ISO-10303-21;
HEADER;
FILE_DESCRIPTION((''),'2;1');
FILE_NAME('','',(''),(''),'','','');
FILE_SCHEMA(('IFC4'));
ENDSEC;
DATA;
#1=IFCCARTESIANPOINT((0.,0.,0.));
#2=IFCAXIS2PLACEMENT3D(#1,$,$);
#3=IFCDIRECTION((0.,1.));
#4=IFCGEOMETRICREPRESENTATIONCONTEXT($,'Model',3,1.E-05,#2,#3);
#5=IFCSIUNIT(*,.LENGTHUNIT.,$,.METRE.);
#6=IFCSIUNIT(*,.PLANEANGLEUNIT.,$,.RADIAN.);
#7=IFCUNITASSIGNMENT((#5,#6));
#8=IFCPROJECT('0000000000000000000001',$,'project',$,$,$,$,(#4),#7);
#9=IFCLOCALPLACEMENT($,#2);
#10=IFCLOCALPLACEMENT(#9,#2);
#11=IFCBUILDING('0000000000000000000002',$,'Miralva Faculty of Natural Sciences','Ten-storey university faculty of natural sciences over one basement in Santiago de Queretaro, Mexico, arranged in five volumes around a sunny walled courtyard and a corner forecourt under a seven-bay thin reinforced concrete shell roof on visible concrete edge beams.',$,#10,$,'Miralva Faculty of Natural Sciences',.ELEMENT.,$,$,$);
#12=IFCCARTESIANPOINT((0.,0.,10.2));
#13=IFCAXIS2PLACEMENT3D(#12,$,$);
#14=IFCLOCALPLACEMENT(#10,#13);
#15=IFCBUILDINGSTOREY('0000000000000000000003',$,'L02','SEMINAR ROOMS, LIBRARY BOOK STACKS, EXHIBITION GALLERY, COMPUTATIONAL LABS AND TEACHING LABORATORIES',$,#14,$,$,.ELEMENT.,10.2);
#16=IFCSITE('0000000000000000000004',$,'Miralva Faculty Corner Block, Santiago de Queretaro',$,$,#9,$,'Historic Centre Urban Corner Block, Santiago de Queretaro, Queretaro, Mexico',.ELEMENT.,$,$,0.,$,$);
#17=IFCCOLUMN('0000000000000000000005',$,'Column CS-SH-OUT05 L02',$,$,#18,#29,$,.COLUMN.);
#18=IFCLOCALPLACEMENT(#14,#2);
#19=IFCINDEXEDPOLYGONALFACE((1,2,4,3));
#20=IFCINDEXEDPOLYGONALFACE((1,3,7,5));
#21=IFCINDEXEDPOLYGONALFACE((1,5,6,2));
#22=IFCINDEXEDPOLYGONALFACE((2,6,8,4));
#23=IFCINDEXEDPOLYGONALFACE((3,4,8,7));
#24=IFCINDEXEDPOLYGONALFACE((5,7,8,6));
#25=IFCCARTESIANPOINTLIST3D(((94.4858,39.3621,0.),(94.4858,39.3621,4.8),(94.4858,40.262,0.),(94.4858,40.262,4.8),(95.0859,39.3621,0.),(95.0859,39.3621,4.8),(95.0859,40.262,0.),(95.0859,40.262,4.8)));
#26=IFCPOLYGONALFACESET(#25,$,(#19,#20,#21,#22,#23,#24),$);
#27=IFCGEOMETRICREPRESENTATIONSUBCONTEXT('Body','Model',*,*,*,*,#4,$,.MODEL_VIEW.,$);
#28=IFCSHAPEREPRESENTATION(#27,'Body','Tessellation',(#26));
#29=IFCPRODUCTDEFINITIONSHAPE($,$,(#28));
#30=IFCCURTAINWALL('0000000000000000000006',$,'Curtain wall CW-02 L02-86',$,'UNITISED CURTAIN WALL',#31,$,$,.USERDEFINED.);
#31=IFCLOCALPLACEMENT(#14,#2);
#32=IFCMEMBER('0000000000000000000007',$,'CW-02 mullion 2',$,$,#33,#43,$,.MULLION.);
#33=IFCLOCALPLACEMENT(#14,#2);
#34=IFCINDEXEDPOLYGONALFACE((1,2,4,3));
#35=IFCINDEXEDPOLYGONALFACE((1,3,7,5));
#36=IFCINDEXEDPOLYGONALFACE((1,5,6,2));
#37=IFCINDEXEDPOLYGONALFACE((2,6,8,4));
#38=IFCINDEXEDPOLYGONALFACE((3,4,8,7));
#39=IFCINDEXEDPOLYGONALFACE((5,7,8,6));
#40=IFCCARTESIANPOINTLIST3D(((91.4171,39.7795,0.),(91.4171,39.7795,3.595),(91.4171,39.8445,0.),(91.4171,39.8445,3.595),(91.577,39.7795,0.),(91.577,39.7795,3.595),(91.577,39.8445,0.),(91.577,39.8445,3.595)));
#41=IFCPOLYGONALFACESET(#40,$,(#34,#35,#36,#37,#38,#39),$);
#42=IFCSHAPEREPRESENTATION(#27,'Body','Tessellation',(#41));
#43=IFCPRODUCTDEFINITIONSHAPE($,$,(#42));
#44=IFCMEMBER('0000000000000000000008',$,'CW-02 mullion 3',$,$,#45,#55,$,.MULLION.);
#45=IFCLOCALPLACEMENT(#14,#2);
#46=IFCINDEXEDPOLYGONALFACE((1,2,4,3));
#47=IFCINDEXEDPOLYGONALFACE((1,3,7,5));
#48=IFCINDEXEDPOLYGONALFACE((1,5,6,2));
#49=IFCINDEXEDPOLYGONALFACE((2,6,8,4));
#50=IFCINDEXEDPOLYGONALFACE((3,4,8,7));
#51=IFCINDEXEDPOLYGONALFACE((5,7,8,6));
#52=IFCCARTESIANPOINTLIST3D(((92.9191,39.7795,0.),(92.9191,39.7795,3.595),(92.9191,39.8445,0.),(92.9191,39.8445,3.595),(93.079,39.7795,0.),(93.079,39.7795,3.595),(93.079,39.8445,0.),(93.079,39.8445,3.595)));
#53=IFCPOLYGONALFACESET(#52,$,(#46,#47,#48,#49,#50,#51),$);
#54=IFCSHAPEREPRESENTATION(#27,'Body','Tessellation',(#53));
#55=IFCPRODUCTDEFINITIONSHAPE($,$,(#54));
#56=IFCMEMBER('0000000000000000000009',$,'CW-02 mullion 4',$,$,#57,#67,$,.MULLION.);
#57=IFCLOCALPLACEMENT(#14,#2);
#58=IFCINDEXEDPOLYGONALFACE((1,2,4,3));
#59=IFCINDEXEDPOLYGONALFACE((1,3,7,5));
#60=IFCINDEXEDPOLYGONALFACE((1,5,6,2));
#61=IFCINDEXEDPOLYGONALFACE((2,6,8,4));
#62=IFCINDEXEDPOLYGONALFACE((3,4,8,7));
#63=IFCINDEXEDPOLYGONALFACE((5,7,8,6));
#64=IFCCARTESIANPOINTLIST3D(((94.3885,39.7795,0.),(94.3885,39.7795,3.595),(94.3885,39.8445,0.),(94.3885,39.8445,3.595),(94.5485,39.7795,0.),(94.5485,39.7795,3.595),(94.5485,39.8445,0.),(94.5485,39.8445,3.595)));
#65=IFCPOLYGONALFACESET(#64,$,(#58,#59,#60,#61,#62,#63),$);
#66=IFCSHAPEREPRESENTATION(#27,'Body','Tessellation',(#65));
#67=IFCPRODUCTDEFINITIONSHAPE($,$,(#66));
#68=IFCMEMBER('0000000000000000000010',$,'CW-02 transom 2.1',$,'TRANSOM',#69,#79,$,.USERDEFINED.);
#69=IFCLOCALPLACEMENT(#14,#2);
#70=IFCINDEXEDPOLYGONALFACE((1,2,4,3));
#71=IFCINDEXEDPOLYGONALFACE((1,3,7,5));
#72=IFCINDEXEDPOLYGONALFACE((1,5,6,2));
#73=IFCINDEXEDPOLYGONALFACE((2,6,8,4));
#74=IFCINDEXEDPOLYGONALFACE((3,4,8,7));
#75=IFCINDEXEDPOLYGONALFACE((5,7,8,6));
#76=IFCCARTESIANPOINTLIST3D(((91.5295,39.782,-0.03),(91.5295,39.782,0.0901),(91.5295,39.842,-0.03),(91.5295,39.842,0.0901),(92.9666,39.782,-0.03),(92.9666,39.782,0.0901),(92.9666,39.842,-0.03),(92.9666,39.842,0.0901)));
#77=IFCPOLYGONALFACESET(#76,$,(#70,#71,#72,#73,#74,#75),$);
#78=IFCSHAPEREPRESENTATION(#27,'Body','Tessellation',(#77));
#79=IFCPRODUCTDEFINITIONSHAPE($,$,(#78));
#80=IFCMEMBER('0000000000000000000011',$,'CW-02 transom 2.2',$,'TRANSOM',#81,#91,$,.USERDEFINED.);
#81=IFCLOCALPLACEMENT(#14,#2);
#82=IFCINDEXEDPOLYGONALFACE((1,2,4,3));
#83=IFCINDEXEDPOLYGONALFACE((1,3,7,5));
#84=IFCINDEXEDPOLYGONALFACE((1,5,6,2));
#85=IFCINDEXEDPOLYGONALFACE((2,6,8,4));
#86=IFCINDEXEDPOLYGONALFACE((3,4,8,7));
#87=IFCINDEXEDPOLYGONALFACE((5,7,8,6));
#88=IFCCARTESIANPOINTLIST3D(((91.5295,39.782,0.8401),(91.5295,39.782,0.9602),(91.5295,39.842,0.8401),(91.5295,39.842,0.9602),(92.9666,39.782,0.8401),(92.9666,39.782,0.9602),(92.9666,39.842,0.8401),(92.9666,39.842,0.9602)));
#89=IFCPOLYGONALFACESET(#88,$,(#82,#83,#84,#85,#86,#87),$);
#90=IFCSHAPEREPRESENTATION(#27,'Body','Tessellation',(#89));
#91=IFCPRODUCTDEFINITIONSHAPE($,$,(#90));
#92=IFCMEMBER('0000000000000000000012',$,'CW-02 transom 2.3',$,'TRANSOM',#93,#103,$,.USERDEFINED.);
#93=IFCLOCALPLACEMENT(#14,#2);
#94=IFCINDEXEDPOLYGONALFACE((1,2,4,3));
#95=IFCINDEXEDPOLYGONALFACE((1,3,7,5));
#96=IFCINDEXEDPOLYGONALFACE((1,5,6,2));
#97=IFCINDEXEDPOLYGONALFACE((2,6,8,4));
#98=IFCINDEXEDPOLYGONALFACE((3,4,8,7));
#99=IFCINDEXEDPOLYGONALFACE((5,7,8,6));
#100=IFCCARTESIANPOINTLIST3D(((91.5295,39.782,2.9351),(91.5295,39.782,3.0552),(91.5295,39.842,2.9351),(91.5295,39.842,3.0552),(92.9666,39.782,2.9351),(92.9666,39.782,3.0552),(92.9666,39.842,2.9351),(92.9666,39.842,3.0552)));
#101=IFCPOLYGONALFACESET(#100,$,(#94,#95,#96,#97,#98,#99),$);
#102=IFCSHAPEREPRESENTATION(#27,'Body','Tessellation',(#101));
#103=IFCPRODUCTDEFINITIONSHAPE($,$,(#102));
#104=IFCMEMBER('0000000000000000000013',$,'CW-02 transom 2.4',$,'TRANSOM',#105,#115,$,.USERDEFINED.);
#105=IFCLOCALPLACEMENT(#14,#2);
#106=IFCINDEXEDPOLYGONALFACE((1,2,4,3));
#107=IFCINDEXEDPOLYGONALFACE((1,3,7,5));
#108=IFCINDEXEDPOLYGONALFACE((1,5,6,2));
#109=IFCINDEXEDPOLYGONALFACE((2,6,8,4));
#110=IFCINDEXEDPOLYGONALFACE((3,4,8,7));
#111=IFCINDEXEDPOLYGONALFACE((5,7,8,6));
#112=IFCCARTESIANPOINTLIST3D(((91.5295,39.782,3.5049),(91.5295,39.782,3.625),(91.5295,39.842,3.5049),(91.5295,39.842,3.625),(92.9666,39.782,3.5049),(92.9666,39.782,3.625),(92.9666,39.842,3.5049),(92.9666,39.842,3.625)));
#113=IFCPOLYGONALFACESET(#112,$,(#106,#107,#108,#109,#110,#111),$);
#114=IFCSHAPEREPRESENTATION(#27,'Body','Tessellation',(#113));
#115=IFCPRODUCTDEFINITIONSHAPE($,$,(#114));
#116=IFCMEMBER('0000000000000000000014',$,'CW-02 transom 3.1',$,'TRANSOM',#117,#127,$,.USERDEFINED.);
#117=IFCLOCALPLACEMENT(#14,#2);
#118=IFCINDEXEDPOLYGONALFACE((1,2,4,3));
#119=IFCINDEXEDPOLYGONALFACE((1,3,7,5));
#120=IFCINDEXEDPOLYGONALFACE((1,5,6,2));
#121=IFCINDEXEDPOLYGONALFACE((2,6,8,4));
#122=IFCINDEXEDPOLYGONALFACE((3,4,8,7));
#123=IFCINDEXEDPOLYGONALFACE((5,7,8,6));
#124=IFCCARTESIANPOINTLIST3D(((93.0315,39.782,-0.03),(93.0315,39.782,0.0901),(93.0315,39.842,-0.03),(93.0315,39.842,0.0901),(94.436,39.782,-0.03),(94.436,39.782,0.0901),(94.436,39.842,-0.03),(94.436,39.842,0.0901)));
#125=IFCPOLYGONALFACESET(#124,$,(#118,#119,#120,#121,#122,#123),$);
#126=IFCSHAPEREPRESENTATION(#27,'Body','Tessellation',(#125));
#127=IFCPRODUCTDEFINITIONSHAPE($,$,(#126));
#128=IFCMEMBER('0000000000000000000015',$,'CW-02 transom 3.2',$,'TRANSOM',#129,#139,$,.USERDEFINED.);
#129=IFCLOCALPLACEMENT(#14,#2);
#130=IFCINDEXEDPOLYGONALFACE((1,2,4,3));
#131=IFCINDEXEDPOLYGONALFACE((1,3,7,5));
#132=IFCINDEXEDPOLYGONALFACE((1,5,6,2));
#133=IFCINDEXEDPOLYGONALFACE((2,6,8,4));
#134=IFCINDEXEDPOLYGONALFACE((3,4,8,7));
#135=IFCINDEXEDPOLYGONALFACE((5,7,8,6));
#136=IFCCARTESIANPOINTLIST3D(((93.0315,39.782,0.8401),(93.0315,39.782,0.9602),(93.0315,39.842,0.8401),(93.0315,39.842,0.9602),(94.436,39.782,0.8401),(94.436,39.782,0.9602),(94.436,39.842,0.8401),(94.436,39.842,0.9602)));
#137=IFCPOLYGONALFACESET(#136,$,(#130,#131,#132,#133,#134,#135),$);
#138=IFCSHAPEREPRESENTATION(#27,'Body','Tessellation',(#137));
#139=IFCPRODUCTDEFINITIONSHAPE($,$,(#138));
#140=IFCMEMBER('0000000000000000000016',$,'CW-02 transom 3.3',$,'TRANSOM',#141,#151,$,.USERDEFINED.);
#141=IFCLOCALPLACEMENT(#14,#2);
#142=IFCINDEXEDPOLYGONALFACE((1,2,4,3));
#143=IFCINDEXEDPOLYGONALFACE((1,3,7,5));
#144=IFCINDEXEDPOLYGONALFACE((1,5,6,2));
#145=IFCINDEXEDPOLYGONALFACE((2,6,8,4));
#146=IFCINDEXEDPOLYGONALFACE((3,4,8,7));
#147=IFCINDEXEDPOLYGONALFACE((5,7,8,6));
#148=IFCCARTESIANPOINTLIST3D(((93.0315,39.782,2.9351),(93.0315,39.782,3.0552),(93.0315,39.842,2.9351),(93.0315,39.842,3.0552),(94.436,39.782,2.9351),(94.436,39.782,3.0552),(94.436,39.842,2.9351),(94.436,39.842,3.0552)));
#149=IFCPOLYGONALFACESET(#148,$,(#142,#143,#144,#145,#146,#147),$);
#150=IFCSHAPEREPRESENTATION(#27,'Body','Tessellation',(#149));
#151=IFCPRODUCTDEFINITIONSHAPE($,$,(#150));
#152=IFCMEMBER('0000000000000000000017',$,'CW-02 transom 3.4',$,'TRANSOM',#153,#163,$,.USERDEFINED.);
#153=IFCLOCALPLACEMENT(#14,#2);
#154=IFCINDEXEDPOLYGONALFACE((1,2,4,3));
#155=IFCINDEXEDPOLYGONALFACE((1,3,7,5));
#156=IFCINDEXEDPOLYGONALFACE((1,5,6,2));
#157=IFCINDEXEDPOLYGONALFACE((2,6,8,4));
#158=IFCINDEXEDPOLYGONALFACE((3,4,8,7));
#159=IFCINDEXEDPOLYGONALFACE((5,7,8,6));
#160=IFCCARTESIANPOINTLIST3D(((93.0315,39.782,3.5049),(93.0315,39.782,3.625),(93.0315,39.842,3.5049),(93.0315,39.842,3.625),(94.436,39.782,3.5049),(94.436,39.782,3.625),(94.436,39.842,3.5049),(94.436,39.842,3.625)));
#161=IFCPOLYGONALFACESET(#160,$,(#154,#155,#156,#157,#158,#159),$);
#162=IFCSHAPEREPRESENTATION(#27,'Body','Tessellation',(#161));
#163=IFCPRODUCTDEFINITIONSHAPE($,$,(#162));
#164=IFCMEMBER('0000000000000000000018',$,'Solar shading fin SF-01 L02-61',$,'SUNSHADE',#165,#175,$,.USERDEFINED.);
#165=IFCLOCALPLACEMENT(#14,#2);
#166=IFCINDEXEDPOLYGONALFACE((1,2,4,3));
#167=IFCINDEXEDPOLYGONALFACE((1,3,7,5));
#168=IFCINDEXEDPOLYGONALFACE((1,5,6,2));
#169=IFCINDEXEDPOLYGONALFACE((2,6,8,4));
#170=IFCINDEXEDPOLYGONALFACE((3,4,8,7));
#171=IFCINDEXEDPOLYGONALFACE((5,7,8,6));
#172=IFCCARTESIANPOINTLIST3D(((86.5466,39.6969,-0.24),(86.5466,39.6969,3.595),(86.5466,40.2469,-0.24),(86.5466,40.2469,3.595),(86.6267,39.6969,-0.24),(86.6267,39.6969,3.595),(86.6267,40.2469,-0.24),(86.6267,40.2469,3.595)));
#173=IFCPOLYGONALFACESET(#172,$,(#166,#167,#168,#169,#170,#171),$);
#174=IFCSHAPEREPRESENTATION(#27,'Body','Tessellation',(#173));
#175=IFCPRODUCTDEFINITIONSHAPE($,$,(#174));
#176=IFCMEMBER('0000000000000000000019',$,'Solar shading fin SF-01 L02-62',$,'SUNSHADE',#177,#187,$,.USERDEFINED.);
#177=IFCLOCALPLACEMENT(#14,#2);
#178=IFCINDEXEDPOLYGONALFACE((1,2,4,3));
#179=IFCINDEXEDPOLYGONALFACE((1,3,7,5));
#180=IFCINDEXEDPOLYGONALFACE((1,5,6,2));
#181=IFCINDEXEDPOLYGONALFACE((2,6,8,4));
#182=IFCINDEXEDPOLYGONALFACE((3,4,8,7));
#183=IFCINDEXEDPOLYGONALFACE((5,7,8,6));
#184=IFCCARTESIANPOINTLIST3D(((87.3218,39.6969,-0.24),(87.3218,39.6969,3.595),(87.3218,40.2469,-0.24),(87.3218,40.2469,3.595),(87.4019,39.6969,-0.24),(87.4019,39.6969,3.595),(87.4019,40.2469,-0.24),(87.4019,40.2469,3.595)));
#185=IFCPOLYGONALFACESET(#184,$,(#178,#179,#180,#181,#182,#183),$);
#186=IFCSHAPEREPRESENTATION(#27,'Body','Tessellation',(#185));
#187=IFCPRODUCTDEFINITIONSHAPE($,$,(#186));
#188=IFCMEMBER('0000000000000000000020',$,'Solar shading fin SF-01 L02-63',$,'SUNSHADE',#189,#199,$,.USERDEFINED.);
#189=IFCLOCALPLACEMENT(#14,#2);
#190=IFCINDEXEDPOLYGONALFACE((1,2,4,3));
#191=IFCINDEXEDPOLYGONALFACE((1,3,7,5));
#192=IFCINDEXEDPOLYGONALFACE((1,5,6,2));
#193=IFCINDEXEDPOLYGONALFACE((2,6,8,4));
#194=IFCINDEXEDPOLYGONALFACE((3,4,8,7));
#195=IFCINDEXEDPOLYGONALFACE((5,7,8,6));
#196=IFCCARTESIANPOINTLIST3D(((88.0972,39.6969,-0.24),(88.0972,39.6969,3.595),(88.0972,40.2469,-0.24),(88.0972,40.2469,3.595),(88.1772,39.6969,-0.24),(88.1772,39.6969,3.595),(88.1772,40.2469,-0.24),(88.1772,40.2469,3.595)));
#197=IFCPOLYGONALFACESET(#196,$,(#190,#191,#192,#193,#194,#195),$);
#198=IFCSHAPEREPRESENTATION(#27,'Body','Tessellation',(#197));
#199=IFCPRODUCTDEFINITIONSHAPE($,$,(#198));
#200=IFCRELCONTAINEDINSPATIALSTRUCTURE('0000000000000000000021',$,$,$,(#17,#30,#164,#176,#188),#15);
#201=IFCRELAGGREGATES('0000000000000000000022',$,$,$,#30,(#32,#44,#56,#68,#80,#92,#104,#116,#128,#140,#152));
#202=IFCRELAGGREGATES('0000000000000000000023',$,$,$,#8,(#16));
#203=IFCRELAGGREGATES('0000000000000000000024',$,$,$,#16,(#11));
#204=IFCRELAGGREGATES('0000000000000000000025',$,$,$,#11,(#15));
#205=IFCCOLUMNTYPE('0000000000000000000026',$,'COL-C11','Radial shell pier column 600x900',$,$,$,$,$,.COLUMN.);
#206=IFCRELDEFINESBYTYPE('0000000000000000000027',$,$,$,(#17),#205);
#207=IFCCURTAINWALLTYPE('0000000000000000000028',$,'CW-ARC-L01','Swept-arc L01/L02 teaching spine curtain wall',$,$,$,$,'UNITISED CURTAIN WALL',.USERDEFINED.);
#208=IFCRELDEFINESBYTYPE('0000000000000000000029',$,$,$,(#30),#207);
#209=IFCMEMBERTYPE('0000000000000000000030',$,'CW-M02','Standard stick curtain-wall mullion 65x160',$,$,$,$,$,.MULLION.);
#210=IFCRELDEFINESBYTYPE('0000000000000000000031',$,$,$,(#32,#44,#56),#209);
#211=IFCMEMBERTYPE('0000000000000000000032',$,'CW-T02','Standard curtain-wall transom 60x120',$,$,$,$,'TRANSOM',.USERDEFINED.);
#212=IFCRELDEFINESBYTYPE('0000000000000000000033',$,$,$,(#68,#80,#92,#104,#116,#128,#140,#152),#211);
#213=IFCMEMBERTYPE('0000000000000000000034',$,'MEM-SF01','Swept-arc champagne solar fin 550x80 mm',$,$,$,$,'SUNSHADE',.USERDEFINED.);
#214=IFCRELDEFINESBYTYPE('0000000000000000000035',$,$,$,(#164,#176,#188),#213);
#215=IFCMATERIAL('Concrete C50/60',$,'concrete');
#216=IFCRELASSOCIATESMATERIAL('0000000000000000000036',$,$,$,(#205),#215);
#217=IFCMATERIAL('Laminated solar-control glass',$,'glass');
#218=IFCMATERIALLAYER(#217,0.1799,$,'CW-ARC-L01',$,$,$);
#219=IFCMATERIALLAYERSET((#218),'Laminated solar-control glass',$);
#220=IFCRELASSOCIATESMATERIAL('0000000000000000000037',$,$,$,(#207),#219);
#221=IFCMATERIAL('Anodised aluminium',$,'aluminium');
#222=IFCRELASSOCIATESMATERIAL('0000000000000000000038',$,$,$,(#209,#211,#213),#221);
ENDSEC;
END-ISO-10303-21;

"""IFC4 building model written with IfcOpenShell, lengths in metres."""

from ifc_helpers import new_model, si_unit, direction, frame, origin, origin_2d, place, context, subcontext, project, spatial, rectangle, extrude, material, layer, layer_set, material_profile, profile_set, type_object, element, aggregate, save


model = new_model("IFC4")

# Units and contexts
model_context = context("Model", 3, precision=1e-05, world=origin(), true_north=direction((0.0, 1.0)))
body_context = subcontext(model_context, "Body", "Model", "MODEL_VIEW")
ifc_project = project(units=[si_unit("LENGTHUNIT", "METRE"), si_unit("PLANEANGLEUNIT", "RADIAN")], contexts=[model_context])

# Site, building, storey
site_placement = place(None, origin())
site = spatial("IfcSite", under=ifc_project, at=site_placement, Name="Miralva Faculty Corner Block, Santiago de Queretaro", LongName="Historic Centre Urban Corner Block, Santiago de Queretaro, Queretaro, Mexico", CompositionType="ELEMENT", RefElevation=0.0)
building_placement = place(site_placement, origin())
building = spatial("IfcBuilding", under=site, at=building_placement, Name="Miralva Faculty of Natural Sciences", Description="Ten-storey university faculty of natural sciences over one basement in Santiago de Queretaro, Mexico, arranged in five volumes around a sunny walled courtyard and a corner forecourt under a seven-bay thin reinforced concrete shell roof on visible concrete edge beams.", LongName="Miralva Faculty of Natural Sciences", CompositionType="ELEMENT")
storey_placement = place(building_placement, frame((0.0, 0.0, 10.2)))
storey = spatial("IfcBuildingStorey", under=building, at=storey_placement, Name="L02", Description="SEMINAR ROOMS, LIBRARY BOOK STACKS, EXHIBITION GALLERY, COMPUTATIONAL LABS AND TEACHING LABORATORIES", CompositionType="ELEMENT", Elevation=10.2)

# Column
ifc_material_1 = material(Name="Concrete C50/60", Category="concrete")
ifc_material_profile_1 = material_profile(ifc_material_1, rectangle(XDim=0.6001, YDim=0.8999, at=origin_2d()), Name="RC 600x900")
ifc_profile_set_1 = profile_set([ifc_material_profile_1], Name="Concrete C50/60")
column_type = type_object("IfcColumnType", Name="COL-C11", Description="Radial shell pier column 600x900", PredefinedType="COLUMN", material=ifc_profile_set_1)
column_placement = place(storey_placement, frame((94.7859, 39.812, 0.0), z_axis=(0.0, 0.0, 1.0), x_axis=(1.0, 0.0, 0.0)))
element("IfcColumn", 1, at=column_placement, inside=storey, type_object=column_type, Name="Column CS-SH-OUT05 L02", PredefinedType="COLUMN", context=body_context, shape_type="SweptSolid", body=[
    extrude(rectangle(XDim=0.6001, YDim=0.8999, at=origin_2d()), origin(), (0.0, 0.0, 1.0), 4.8),
])

# Curtain wall, members
ifc_material_2 = material(Name="Laminated solar-control glass", Category="glass")
ifc_layer_1 = layer(ifc_material_2, 0.1799, Name="CW-ARC-L01")
ifc_layer_set_1 = layer_set([ifc_layer_1], Name="Laminated solar-control glass")
curtain_wall_type = type_object("IfcCurtainWallType", Name="CW-ARC-L01", Description="Swept-arc L01/L02 teaching spine curtain wall", ElementType="UNITISED CURTAIN WALL", PredefinedType="USERDEFINED", material=ifc_layer_set_1)
curtain_wall_placement = place(storey_placement, origin())
curtain_wall = element("IfcCurtainWall", 2, at=curtain_wall_placement, inside=storey, type_object=curtain_wall_type, Name="Curtain wall CW-02 L02-86", ObjectType="UNITISED CURTAIN WALL", PredefinedType="USERDEFINED")
ifc_material_3 = material(Name="Anodised aluminium", Category="aluminium")
ifc_material_profile_2 = material_profile(ifc_material_3, rectangle(XDim=0.0649, YDim=0.1599, at=origin_2d()), Name="MULLION 65x160")
ifc_profile_set_2 = profile_set([ifc_material_profile_2], Name="Anodised aluminium")
member_type_1 = type_object("IfcMemberType", Name="CW-M02", Description="Standard stick curtain-wall mullion 65x160", PredefinedType="MULLION", material=ifc_profile_set_2)
member_1_placement = place(storey_placement, frame((91.4971, 39.812, 0.0), z_axis=(0.0, 0.0, 1.0), x_axis=(0.0, 1.0, 0.0)))
member_1 = element("IfcMember", 3, at=member_1_placement, type_object=member_type_1, Name="CW-02 mullion 2", PredefinedType="MULLION", context=body_context, shape_type="SweptSolid", body=[
    extrude(rectangle(XDim=0.0649, YDim=0.1599, at=origin_2d()), origin(), (0.0, 0.0, 1.0), 3.595),
])
member_2_placement = place(storey_placement, frame((92.999, 39.812, 0.0), z_axis=(0.0, 0.0, 1.0), x_axis=(0.0, 1.0, 0.0)))
member_2 = element("IfcMember", 4, at=member_2_placement, type_object=member_type_1, Name="CW-02 mullion 3", PredefinedType="MULLION", context=body_context, shape_type="SweptSolid", body=[
    extrude(rectangle(XDim=0.0649, YDim=0.1599, at=origin_2d()), origin(), (0.0, 0.0, 1.0), 3.595),
])
member_3_placement = place(storey_placement, frame((94.4685, 39.812, 0.0), z_axis=(0.0, 0.0, 1.0), x_axis=(0.0, 1.0, 0.0)))
member_3 = element("IfcMember", 5, at=member_3_placement, type_object=member_type_1, Name="CW-02 mullion 4", PredefinedType="MULLION", context=body_context, shape_type="SweptSolid", body=[
    extrude(rectangle(XDim=0.0649, YDim=0.1599, at=origin_2d()), origin(), (0.0, 0.0, 1.0), 3.595),
])
ifc_material_profile_3 = material_profile(ifc_material_3, rectangle(XDim=0.0601, YDim=0.1201, at=origin_2d()), Name="TRANSOM 60x120")
ifc_profile_set_3 = profile_set([ifc_material_profile_3], Name="Anodised aluminium")
member_type_2 = type_object("IfcMemberType", Name="CW-T02", Description="Standard curtain-wall transom 60x120", ElementType="TRANSOM", PredefinedType="USERDEFINED", material=ifc_profile_set_3)
member_4_placement = place(storey_placement, frame((91.5295, 39.812, 0.03), z_axis=(1.0, 0.0, 0.0), x_axis=(0.0, 1.0, 0.0)))
member_4 = element("IfcMember", 6, at=member_4_placement, type_object=member_type_2, Name="CW-02 transom 2.1", ObjectType="TRANSOM", PredefinedType="USERDEFINED", context=body_context, shape_type="SweptSolid", body=[
    extrude(rectangle(XDim=0.0601, YDim=0.1201, at=origin_2d()), origin(), (0.0, 0.0, 1.0), 1.437),
])
member_5_placement = place(storey_placement, frame((91.5295, 39.812, 0.9001), z_axis=(1.0, 0.0, 0.0), x_axis=(0.0, 1.0, 0.0)))
member_5 = element("IfcMember", 7, at=member_5_placement, type_object=member_type_2, Name="CW-02 transom 2.2", ObjectType="TRANSOM", PredefinedType="USERDEFINED", context=body_context, shape_type="SweptSolid", body=[
    extrude(rectangle(XDim=0.0601, YDim=0.1201, at=origin_2d()), origin(), (0.0, 0.0, 1.0), 1.437),
])
member_6_placement = place(storey_placement, frame((91.5295, 39.812, 2.9951), z_axis=(1.0, 0.0, 0.0), x_axis=(0.0, 1.0, 0.0)))
member_6 = element("IfcMember", 8, at=member_6_placement, type_object=member_type_2, Name="CW-02 transom 2.3", ObjectType="TRANSOM", PredefinedType="USERDEFINED", context=body_context, shape_type="SweptSolid", body=[
    extrude(rectangle(XDim=0.0601, YDim=0.1201, at=origin_2d()), origin(), (0.0, 0.0, 1.0), 1.437),
])
member_7_placement = place(storey_placement, frame((91.5295, 39.812, 3.5649), z_axis=(1.0, 0.0, 0.0), x_axis=(0.0, 1.0, 0.0)))
member_7 = element("IfcMember", 9, at=member_7_placement, type_object=member_type_2, Name="CW-02 transom 2.4", ObjectType="TRANSOM", PredefinedType="USERDEFINED", context=body_context, shape_type="SweptSolid", body=[
    extrude(rectangle(XDim=0.0601, YDim=0.1201, at=origin_2d()), origin(), (0.0, 0.0, 1.0), 1.437),
])
member_8_placement = place(storey_placement, frame((93.0315, 39.812, 0.03), z_axis=(1.0, 0.0, 0.0), x_axis=(0.0, 1.0, 0.0)))
member_8 = element("IfcMember", 10, at=member_8_placement, type_object=member_type_2, Name="CW-02 transom 3.1", ObjectType="TRANSOM", PredefinedType="USERDEFINED", context=body_context, shape_type="SweptSolid", body=[
    extrude(rectangle(XDim=0.0601, YDim=0.1201, at=origin_2d()), origin(), (0.0, 0.0, 1.0), 1.4045),
])
member_9_placement = place(storey_placement, frame((93.0315, 39.812, 0.9001), z_axis=(1.0, 0.0, 0.0), x_axis=(0.0, 1.0, 0.0)))
member_9 = element("IfcMember", 11, at=member_9_placement, type_object=member_type_2, Name="CW-02 transom 3.2", ObjectType="TRANSOM", PredefinedType="USERDEFINED", context=body_context, shape_type="SweptSolid", body=[
    extrude(rectangle(XDim=0.0601, YDim=0.1201, at=origin_2d()), origin(), (0.0, 0.0, 1.0), 1.4045),
])
member_10_placement = place(storey_placement, frame((93.0315, 39.812, 2.9951), z_axis=(1.0, 0.0, 0.0), x_axis=(0.0, 1.0, 0.0)))
member_10 = element("IfcMember", 12, at=member_10_placement, type_object=member_type_2, Name="CW-02 transom 3.3", ObjectType="TRANSOM", PredefinedType="USERDEFINED", context=body_context, shape_type="SweptSolid", body=[
    extrude(rectangle(XDim=0.0601, YDim=0.1201, at=origin_2d()), origin(), (0.0, 0.0, 1.0), 1.4045),
])
member_11_placement = place(storey_placement, frame((93.0315, 39.812, 3.5649), z_axis=(1.0, 0.0, 0.0), x_axis=(0.0, 1.0, 0.0)))
member_11 = element("IfcMember", 13, at=member_11_placement, type_object=member_type_2, Name="CW-02 transom 3.4", ObjectType="TRANSOM", PredefinedType="USERDEFINED", context=body_context, shape_type="SweptSolid", body=[
    extrude(rectangle(XDim=0.0601, YDim=0.1201, at=origin_2d()), origin(), (0.0, 0.0, 1.0), 1.4045),
])

# Members
ifc_material_profile_4 = material_profile(ifc_material_3, rectangle(XDim=0.0801, YDim=0.55, at=origin_2d()), Name="FIN 550x80")
ifc_profile_set_4 = profile_set([ifc_material_profile_4], Name="Anodised aluminium")
member_type_3 = type_object("IfcMemberType", Name="MEM-SF01", Description="Swept-arc champagne solar fin 550x80 mm", ElementType="SUNSHADE", PredefinedType="USERDEFINED", material=ifc_profile_set_4)
for number, where, z_axis, x_axis, name in (
    (14, (86.5867, 39.9719, -0.24), (0.0, 0.0, 1.0), (-1.0, 0.0, 0.0), "Solar shading fin SF-01 L02-61"),
    (15, (87.3618, 39.9719, -0.24), (0.0, 0.0, 1.0), (-1.0, 0.0, 0.0), "Solar shading fin SF-01 L02-62"),
    (16, (88.1372, 39.9719, -0.24), (0.0, 0.0, 1.0), (-1.0, 0.0, 0.0), "Solar shading fin SF-01 L02-63"),
):
    element("IfcMember", number, at=place(storey_placement, frame(where, z_axis=z_axis, x_axis=x_axis)), inside=storey, type_object=member_type_3, Name=name, ObjectType="SUNSHADE", PredefinedType="USERDEFINED", context=body_context, shape_type="SweptSolid", body=[
        extrude(rectangle(XDim=0.0801, YDim=0.55, at=origin_2d()), origin(), (0.0, 0.0, 1.0), 3.835),
    ])

aggregate(curtain_wall, [member_1, member_2, member_3, member_4, member_5, member_6, member_7, member_8, member_9, member_10, member_11])

save(model, "model.ifc")
